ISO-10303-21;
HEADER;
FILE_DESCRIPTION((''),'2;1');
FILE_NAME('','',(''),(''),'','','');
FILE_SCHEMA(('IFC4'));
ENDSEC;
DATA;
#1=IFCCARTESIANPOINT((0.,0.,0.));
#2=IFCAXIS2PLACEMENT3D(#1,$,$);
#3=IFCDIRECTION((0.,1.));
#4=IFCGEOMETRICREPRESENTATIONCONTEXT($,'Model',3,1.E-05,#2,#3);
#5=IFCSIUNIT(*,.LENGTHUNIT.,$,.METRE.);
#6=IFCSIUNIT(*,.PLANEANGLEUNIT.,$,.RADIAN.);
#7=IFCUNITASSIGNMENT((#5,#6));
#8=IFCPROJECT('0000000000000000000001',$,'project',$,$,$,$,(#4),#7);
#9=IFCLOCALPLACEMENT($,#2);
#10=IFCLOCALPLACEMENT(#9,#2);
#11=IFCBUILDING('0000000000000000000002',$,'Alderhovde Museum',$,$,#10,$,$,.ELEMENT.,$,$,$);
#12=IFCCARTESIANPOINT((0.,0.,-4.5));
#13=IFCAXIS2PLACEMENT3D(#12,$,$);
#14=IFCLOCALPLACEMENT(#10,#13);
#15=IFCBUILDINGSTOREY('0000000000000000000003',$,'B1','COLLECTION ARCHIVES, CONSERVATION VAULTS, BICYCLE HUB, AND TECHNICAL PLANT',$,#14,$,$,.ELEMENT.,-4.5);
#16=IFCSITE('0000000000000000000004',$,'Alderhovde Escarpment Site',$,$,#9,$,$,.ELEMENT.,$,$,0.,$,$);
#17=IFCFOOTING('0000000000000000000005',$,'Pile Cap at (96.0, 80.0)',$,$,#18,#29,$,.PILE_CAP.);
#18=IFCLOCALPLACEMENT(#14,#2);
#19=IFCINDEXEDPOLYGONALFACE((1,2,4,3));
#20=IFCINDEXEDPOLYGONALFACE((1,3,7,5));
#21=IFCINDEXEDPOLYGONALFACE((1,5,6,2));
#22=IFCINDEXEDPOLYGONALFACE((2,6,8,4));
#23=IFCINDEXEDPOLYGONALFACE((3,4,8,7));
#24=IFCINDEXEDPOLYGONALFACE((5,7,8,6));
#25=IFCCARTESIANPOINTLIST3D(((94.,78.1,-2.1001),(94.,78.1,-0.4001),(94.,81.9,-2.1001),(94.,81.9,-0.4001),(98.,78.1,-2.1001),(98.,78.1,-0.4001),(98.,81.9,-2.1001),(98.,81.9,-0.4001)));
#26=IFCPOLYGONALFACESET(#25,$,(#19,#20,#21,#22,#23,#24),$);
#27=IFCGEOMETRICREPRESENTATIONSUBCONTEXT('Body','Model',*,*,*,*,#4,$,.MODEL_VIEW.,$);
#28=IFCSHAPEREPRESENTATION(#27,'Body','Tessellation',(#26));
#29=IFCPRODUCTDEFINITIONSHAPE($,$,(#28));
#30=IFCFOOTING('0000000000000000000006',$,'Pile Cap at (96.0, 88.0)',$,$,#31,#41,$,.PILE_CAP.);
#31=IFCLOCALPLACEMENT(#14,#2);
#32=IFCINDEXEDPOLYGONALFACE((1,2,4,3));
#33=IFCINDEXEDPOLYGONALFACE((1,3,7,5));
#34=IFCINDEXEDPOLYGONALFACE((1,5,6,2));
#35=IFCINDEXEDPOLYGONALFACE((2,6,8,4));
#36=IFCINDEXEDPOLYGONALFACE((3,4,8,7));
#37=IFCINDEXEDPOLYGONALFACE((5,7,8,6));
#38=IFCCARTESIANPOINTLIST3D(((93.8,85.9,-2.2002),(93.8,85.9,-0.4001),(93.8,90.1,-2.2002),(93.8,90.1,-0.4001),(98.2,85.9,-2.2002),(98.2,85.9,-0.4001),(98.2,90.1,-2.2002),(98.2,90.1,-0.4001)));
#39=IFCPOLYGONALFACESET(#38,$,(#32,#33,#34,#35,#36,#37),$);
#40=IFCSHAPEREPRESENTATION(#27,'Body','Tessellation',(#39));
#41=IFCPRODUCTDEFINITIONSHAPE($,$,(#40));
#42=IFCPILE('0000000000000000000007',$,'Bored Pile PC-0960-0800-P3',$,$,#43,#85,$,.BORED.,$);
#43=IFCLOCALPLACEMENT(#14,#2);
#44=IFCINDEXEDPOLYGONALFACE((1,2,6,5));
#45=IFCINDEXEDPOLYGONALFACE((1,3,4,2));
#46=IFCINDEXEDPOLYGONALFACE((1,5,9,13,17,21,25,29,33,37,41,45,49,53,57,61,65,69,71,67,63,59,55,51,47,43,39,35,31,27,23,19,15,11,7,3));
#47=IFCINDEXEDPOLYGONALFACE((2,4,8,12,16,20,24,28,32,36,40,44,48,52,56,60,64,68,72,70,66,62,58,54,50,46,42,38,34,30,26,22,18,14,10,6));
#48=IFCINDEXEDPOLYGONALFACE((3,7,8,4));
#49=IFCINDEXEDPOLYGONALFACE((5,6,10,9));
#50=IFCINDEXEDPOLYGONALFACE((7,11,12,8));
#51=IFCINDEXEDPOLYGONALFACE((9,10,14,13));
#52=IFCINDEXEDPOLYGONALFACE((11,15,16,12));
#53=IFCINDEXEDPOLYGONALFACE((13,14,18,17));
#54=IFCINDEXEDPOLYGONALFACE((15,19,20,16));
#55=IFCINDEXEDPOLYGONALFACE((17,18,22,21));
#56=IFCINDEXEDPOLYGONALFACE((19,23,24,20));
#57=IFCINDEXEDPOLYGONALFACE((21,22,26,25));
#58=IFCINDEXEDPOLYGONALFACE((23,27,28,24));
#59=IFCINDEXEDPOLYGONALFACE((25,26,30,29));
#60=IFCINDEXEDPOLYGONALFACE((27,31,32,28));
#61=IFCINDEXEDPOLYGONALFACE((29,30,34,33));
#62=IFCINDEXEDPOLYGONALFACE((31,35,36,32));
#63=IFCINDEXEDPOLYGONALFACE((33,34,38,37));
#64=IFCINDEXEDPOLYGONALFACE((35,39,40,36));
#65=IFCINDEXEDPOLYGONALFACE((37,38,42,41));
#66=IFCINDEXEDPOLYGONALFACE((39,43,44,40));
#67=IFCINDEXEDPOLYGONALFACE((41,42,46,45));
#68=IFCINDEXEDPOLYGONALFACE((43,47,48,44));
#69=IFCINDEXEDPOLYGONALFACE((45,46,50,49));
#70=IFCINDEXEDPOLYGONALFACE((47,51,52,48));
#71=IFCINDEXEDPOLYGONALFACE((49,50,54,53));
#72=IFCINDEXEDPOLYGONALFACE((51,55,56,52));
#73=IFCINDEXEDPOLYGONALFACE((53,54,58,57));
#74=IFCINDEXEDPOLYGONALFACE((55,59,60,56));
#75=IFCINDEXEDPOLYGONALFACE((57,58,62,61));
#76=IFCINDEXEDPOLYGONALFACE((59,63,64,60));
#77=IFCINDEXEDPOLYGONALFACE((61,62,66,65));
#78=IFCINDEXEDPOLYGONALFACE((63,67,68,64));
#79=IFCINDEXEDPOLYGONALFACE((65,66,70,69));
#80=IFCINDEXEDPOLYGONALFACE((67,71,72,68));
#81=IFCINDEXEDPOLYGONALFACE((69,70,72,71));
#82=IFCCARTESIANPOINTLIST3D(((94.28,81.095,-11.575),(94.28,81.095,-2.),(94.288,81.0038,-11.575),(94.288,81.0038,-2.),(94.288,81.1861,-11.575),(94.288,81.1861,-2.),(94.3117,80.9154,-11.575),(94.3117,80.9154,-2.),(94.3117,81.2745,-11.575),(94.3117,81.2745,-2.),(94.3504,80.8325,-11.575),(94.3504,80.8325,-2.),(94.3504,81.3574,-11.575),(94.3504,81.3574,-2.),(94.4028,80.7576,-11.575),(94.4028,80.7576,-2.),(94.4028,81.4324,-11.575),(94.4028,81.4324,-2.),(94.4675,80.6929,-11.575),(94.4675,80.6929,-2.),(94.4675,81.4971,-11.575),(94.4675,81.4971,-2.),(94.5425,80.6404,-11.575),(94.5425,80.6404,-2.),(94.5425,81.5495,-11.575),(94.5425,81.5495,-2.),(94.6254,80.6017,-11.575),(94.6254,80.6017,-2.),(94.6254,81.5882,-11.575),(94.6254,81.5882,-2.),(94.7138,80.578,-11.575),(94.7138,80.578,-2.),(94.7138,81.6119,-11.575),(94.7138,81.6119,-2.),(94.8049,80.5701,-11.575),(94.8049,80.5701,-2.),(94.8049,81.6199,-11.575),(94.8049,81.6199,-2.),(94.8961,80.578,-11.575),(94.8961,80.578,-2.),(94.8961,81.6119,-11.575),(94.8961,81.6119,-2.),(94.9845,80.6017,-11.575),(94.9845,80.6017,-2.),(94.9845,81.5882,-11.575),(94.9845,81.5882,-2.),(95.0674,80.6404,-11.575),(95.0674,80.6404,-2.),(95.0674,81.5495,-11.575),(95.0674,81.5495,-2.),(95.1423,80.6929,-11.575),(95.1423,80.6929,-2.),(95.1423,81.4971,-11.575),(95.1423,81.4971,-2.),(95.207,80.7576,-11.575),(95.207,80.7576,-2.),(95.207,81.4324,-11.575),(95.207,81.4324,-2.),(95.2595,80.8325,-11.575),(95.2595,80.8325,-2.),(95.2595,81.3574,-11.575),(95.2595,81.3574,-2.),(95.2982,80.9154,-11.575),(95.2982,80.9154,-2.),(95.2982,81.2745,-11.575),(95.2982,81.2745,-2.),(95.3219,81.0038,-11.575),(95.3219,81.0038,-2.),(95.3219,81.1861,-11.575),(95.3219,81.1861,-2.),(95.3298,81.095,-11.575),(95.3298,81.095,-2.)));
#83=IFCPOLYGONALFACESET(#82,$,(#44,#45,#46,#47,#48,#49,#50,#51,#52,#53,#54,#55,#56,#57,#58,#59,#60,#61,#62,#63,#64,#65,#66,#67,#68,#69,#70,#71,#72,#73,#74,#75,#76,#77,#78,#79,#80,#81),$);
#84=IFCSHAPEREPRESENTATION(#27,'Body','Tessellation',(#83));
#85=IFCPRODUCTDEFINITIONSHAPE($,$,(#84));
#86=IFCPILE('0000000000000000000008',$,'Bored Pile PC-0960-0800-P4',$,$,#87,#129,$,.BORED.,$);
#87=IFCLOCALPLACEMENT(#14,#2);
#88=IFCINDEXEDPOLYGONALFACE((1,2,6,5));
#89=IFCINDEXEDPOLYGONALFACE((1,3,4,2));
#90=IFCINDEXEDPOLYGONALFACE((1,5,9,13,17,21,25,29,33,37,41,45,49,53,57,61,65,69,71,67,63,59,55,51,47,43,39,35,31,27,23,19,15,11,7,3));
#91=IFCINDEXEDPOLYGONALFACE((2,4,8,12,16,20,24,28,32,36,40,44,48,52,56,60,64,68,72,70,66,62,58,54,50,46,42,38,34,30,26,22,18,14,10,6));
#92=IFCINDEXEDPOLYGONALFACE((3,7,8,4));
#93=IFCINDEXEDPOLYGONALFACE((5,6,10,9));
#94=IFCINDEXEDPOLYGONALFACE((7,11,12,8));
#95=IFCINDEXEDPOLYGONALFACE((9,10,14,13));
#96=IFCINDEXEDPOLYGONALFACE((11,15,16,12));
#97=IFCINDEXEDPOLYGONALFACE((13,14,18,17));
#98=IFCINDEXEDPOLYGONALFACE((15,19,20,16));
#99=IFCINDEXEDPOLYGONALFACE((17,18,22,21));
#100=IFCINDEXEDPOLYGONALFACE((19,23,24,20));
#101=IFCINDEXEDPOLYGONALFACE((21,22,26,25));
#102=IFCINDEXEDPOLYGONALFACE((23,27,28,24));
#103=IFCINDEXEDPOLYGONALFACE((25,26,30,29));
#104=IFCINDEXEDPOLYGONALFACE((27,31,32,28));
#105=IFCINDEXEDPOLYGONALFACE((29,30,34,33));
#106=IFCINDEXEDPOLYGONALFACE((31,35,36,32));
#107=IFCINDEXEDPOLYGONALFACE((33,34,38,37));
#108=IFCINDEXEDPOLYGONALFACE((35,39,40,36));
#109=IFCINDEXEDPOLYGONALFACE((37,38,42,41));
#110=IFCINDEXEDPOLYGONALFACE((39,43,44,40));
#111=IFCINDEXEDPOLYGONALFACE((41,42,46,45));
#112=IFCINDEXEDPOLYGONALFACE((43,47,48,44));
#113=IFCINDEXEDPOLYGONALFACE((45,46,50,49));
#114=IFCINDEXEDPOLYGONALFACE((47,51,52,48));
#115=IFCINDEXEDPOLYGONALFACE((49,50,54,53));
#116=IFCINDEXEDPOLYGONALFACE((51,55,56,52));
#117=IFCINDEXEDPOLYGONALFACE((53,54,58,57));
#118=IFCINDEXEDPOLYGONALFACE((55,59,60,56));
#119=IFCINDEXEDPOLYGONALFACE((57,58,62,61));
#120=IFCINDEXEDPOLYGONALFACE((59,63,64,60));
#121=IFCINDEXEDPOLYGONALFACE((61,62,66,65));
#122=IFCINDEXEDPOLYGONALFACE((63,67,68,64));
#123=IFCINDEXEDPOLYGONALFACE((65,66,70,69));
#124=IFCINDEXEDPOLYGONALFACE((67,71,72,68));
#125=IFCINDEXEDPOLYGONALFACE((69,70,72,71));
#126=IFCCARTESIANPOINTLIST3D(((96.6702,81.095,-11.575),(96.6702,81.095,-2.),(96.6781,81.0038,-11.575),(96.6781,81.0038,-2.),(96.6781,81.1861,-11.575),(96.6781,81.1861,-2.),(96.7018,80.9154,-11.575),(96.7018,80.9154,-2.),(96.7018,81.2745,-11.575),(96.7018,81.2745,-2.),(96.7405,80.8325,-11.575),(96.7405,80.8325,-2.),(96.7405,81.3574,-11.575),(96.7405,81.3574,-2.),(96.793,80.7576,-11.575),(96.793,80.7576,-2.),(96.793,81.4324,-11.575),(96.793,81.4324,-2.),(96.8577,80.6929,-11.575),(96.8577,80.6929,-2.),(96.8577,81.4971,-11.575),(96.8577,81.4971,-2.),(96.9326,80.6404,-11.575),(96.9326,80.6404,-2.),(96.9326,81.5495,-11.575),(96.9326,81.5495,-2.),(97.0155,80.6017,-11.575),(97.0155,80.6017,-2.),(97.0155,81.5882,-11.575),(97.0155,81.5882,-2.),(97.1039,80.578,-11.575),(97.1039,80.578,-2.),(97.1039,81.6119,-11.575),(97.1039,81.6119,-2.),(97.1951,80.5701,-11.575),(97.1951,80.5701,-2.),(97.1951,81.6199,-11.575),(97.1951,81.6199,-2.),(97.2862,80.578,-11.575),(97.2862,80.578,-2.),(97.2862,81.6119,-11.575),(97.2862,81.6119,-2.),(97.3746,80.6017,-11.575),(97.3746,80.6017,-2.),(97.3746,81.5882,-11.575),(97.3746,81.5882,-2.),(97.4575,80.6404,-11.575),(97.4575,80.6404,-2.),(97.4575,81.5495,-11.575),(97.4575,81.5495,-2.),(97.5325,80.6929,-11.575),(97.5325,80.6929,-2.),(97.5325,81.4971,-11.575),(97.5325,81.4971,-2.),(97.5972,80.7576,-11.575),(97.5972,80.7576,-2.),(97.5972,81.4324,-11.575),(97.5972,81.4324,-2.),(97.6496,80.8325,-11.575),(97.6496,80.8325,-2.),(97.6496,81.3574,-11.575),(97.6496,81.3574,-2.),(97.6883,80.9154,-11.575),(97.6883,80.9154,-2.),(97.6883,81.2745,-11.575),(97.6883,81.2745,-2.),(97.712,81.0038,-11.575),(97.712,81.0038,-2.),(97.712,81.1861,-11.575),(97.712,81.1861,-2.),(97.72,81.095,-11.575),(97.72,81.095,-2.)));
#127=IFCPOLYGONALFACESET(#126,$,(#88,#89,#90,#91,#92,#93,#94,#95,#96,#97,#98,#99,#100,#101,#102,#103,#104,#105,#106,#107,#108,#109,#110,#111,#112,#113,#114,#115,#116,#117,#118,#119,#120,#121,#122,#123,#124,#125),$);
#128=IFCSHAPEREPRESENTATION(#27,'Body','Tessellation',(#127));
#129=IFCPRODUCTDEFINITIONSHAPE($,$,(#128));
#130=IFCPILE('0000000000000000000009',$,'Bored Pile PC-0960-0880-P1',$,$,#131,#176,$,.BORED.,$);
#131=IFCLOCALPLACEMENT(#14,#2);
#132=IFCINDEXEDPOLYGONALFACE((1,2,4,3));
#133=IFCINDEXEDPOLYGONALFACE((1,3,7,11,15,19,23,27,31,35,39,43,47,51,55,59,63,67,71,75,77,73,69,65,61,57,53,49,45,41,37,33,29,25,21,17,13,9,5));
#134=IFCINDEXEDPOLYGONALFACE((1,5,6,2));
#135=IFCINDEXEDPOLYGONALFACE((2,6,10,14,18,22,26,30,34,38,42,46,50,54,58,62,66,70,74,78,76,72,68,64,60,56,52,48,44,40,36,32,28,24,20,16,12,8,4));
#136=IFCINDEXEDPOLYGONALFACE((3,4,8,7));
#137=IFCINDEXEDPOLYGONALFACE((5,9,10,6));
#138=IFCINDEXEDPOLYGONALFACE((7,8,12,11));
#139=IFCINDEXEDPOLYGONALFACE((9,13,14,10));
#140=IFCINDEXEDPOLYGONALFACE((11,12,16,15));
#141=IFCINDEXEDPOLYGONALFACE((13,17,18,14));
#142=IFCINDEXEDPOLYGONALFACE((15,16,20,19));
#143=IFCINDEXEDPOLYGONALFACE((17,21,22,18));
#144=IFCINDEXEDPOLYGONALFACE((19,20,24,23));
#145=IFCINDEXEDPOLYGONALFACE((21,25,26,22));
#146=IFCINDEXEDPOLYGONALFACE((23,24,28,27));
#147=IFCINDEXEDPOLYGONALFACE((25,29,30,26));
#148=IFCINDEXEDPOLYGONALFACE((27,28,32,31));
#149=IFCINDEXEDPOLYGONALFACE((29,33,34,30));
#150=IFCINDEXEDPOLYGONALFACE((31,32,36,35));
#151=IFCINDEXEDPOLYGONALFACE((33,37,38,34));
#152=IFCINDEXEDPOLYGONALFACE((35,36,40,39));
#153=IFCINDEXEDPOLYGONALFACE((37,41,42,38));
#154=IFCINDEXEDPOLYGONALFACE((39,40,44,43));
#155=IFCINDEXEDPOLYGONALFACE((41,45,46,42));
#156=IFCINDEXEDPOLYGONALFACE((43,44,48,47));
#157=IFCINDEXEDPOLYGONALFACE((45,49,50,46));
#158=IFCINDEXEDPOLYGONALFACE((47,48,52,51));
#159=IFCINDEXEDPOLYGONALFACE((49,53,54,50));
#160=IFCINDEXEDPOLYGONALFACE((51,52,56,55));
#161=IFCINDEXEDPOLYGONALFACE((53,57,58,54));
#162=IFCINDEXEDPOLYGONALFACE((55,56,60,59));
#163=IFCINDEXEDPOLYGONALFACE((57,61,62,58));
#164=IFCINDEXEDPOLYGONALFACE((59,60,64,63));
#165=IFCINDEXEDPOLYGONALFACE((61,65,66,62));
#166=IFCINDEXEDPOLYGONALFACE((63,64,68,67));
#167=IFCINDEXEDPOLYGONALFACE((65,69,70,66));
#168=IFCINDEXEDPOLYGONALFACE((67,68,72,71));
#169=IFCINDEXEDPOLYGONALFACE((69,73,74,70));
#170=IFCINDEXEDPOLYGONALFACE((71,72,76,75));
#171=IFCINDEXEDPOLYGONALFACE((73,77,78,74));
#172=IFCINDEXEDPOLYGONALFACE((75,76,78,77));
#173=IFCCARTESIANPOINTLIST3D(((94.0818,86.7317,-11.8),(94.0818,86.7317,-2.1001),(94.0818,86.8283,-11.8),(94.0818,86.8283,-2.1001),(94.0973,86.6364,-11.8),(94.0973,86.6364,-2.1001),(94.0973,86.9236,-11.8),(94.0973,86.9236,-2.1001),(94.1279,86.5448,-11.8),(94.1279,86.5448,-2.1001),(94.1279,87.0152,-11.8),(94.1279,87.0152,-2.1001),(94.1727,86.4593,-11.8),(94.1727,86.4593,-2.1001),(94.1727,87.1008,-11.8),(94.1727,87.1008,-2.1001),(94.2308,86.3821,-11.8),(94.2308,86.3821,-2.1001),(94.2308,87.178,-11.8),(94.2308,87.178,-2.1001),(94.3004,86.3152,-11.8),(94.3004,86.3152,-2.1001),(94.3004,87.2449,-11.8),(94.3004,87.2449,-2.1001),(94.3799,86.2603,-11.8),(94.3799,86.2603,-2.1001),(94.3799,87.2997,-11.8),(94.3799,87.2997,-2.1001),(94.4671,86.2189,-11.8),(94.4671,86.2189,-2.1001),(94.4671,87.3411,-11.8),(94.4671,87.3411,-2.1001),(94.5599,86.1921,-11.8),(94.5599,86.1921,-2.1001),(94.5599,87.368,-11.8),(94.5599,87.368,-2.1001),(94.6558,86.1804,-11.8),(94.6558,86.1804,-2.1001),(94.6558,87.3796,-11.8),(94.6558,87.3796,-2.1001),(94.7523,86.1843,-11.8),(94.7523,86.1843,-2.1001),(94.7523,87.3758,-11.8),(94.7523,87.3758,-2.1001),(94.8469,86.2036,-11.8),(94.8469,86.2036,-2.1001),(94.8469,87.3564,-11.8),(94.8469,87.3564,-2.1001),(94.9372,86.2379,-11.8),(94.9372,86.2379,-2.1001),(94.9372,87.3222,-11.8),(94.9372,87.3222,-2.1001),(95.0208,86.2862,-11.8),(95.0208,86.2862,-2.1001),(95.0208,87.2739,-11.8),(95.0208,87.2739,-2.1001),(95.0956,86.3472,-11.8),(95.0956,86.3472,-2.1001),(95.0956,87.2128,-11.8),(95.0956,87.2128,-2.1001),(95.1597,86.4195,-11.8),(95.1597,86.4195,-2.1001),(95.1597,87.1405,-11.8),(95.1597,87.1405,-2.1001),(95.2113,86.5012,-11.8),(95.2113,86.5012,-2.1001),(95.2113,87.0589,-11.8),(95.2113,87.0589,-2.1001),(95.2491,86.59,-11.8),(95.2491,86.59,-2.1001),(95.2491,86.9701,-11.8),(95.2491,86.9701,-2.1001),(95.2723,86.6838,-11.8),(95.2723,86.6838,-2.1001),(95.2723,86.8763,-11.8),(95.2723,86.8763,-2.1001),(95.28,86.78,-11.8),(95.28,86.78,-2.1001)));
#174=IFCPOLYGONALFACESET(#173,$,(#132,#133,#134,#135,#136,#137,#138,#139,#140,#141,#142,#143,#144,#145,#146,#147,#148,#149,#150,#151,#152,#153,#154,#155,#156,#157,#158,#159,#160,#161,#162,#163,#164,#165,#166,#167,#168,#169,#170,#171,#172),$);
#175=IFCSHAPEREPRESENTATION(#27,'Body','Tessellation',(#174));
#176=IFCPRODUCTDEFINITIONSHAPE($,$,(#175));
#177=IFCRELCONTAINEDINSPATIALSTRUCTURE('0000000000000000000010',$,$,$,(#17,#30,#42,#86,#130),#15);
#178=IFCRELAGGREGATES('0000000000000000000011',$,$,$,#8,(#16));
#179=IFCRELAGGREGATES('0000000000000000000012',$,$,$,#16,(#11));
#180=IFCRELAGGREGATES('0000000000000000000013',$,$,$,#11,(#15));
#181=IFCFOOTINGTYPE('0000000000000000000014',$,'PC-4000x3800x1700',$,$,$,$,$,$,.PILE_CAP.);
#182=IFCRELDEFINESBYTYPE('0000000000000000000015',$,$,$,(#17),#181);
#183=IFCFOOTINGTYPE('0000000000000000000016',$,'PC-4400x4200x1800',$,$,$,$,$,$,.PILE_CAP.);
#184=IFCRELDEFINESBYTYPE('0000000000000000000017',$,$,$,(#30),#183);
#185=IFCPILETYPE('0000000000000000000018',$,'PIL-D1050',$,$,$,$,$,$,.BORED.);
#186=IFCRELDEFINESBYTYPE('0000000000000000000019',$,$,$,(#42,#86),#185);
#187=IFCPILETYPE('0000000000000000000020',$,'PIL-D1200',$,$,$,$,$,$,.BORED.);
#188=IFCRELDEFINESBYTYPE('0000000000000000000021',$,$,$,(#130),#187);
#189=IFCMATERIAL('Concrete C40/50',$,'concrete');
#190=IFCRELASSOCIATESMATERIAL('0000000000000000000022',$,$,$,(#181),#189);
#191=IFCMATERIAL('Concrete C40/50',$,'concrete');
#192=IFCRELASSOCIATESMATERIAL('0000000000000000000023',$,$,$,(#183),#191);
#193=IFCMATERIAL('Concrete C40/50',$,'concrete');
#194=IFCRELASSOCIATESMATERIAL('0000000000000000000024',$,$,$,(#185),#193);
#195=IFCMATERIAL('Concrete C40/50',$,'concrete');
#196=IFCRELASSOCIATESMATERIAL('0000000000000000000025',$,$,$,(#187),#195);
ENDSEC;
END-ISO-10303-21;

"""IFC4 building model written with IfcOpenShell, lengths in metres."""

from ifc_helpers import new_model, si_unit, direction, frame, origin, origin_2d, place, context, subcontext, project, spatial, rectangle, circle, extrude, material, material_profile, profile_set, type_object, element, save


model = new_model("IFC4")

# Units and contexts
model_context = context("Model", 3, precision=1e-05, world=origin(), true_north=direction((0.0, 1.0)))
body_context = subcontext(model_context, "Body", "Model", "MODEL_VIEW")
ifc_project = project(units=[si_unit("LENGTHUNIT", "METRE"), si_unit("PLANEANGLEUNIT", "RADIAN")], contexts=[model_context])

# Site, building, storey
site_placement = place(None, origin())
site = spatial("IfcSite", under=ifc_project, at=site_placement, Name="Alderhovde Escarpment Site", CompositionType="ELEMENT", RefElevation=0.0)
building_placement = place(site_placement, origin())
building = spatial("IfcBuilding", under=site, at=building_placement, Name="Alderhovde Museum", CompositionType="ELEMENT")
storey_placement = place(building_placement, frame((0.0, 0.0, -4.5)))
storey = spatial("IfcBuildingStorey", under=building, at=storey_placement, Name="B1", Description="COLLECTION ARCHIVES, CONSERVATION VAULTS, BICYCLE HUB, AND TECHNICAL PLANT", CompositionType="ELEMENT", Elevation=-4.5)

# Footings
ifc_material_1 = material(Name="Concrete C40/50", Category="concrete")
footing_type_1 = type_object("IfcFootingType", Name="PC-4000x3800x1700", PredefinedType="PILE_CAP", material=ifc_material_1)
footing_1_placement = place(storey_placement, frame((96.0, 80.0, -2.1001), z_axis=(0.0, 0.0, 1.0), x_axis=(1.0, 0.0, 0.0)))
element("IfcFooting", 1, at=footing_1_placement, inside=storey, type_object=footing_type_1, Name="Pile Cap at (96.0, 80.0)", PredefinedType="PILE_CAP", context=body_context, shape_type="SweptSolid", body=[
    extrude(rectangle(XDim=4.0, YDim=3.8, at=origin_2d()), origin(), (0.0, 0.0, 1.0), 1.7),
])
ifc_material_2 = material(Name="Concrete C40/50", Category="concrete")
footing_type_2 = type_object("IfcFootingType", Name="PC-4400x4200x1800", PredefinedType="PILE_CAP", material=ifc_material_2)
footing_2_placement = place(storey_placement, frame((96.0, 88.0, -2.2002), z_axis=(0.0, 0.0, 1.0), x_axis=(1.0, 0.0, 0.0)))
element("IfcFooting", 2, at=footing_2_placement, inside=storey, type_object=footing_type_2, Name="Pile Cap at (96.0, 88.0)", PredefinedType="PILE_CAP", context=body_context, shape_type="SweptSolid", body=[
    extrude(rectangle(XDim=4.3999, YDim=4.2, at=origin_2d()), origin(), (0.0, 0.0, 1.0), 1.8),
])

# Piles
ifc_material_3 = material(Name="Concrete C40/50", Category="concrete")
ifc_material_profile_1 = material_profile(ifc_material_3, circle(Radius=0.5249, at=origin_2d()), Name="PILE-D1050")
ifc_profile_set_1 = profile_set([ifc_material_profile_1], Name="Concrete C40/50")
pile_type_1 = type_object("IfcPileType", Name="PIL-D1050", PredefinedType="BORED", material=ifc_profile_set_1)
for number, where, z_axis, x_axis, name in (
    (3, (94.8049, 81.095, -2.0), (0.0, 0.0, -1.0), (1.0, 0.0, 0.0), "Bored Pile PC-0960-0800-P3"),
    (4, (97.1951, 81.095, -2.0), (0.0, 0.0, -1.0), (1.0, 0.0, 0.0), "Bored Pile PC-0960-0800-P4"),
):
    element("IfcPile", number, at=place(storey_placement, frame(where, z_axis=z_axis, x_axis=x_axis)), inside=storey, type_object=pile_type_1, Name=name, PredefinedType="BORED", context=body_context, shape_type="SweptSolid", body=[
        extrude(circle(Radius=0.5249, at=origin_2d()), origin(), (0.0, 0.0, 1.0), 9.575),
    ])
ifc_material_4 = material(Name="Concrete C40/50", Category="concrete")
ifc_material_profile_2 = material_profile(ifc_material_4, circle(Radius=0.6001, at=origin_2d()), Name="PILE-D1200")
ifc_profile_set_2 = profile_set([ifc_material_profile_2], Name="Concrete C40/50")
pile_type_2 = type_object("IfcPileType", Name="PIL-D1200", PredefinedType="BORED", material=ifc_profile_set_2)
for number, where, z_axis, x_axis, name in (
    (5, (94.6799, 86.78, -2.1001), (0.0, 0.0, -1.0), (1.0, 0.0, 0.0), "Bored Pile PC-0960-0880-P1"),
):
    element("IfcPile", number, at=place(storey_placement, frame(where, z_axis=z_axis, x_axis=x_axis)), inside=storey, type_object=pile_type_2, Name=name, PredefinedType="BORED", context=body_context, shape_type="SweptSolid", body=[
        extrude(circle(Radius=0.6001, at=origin_2d()), origin(), (0.0, 0.0, 1.0), 9.7),
    ])

save(model, "model.ifc")
